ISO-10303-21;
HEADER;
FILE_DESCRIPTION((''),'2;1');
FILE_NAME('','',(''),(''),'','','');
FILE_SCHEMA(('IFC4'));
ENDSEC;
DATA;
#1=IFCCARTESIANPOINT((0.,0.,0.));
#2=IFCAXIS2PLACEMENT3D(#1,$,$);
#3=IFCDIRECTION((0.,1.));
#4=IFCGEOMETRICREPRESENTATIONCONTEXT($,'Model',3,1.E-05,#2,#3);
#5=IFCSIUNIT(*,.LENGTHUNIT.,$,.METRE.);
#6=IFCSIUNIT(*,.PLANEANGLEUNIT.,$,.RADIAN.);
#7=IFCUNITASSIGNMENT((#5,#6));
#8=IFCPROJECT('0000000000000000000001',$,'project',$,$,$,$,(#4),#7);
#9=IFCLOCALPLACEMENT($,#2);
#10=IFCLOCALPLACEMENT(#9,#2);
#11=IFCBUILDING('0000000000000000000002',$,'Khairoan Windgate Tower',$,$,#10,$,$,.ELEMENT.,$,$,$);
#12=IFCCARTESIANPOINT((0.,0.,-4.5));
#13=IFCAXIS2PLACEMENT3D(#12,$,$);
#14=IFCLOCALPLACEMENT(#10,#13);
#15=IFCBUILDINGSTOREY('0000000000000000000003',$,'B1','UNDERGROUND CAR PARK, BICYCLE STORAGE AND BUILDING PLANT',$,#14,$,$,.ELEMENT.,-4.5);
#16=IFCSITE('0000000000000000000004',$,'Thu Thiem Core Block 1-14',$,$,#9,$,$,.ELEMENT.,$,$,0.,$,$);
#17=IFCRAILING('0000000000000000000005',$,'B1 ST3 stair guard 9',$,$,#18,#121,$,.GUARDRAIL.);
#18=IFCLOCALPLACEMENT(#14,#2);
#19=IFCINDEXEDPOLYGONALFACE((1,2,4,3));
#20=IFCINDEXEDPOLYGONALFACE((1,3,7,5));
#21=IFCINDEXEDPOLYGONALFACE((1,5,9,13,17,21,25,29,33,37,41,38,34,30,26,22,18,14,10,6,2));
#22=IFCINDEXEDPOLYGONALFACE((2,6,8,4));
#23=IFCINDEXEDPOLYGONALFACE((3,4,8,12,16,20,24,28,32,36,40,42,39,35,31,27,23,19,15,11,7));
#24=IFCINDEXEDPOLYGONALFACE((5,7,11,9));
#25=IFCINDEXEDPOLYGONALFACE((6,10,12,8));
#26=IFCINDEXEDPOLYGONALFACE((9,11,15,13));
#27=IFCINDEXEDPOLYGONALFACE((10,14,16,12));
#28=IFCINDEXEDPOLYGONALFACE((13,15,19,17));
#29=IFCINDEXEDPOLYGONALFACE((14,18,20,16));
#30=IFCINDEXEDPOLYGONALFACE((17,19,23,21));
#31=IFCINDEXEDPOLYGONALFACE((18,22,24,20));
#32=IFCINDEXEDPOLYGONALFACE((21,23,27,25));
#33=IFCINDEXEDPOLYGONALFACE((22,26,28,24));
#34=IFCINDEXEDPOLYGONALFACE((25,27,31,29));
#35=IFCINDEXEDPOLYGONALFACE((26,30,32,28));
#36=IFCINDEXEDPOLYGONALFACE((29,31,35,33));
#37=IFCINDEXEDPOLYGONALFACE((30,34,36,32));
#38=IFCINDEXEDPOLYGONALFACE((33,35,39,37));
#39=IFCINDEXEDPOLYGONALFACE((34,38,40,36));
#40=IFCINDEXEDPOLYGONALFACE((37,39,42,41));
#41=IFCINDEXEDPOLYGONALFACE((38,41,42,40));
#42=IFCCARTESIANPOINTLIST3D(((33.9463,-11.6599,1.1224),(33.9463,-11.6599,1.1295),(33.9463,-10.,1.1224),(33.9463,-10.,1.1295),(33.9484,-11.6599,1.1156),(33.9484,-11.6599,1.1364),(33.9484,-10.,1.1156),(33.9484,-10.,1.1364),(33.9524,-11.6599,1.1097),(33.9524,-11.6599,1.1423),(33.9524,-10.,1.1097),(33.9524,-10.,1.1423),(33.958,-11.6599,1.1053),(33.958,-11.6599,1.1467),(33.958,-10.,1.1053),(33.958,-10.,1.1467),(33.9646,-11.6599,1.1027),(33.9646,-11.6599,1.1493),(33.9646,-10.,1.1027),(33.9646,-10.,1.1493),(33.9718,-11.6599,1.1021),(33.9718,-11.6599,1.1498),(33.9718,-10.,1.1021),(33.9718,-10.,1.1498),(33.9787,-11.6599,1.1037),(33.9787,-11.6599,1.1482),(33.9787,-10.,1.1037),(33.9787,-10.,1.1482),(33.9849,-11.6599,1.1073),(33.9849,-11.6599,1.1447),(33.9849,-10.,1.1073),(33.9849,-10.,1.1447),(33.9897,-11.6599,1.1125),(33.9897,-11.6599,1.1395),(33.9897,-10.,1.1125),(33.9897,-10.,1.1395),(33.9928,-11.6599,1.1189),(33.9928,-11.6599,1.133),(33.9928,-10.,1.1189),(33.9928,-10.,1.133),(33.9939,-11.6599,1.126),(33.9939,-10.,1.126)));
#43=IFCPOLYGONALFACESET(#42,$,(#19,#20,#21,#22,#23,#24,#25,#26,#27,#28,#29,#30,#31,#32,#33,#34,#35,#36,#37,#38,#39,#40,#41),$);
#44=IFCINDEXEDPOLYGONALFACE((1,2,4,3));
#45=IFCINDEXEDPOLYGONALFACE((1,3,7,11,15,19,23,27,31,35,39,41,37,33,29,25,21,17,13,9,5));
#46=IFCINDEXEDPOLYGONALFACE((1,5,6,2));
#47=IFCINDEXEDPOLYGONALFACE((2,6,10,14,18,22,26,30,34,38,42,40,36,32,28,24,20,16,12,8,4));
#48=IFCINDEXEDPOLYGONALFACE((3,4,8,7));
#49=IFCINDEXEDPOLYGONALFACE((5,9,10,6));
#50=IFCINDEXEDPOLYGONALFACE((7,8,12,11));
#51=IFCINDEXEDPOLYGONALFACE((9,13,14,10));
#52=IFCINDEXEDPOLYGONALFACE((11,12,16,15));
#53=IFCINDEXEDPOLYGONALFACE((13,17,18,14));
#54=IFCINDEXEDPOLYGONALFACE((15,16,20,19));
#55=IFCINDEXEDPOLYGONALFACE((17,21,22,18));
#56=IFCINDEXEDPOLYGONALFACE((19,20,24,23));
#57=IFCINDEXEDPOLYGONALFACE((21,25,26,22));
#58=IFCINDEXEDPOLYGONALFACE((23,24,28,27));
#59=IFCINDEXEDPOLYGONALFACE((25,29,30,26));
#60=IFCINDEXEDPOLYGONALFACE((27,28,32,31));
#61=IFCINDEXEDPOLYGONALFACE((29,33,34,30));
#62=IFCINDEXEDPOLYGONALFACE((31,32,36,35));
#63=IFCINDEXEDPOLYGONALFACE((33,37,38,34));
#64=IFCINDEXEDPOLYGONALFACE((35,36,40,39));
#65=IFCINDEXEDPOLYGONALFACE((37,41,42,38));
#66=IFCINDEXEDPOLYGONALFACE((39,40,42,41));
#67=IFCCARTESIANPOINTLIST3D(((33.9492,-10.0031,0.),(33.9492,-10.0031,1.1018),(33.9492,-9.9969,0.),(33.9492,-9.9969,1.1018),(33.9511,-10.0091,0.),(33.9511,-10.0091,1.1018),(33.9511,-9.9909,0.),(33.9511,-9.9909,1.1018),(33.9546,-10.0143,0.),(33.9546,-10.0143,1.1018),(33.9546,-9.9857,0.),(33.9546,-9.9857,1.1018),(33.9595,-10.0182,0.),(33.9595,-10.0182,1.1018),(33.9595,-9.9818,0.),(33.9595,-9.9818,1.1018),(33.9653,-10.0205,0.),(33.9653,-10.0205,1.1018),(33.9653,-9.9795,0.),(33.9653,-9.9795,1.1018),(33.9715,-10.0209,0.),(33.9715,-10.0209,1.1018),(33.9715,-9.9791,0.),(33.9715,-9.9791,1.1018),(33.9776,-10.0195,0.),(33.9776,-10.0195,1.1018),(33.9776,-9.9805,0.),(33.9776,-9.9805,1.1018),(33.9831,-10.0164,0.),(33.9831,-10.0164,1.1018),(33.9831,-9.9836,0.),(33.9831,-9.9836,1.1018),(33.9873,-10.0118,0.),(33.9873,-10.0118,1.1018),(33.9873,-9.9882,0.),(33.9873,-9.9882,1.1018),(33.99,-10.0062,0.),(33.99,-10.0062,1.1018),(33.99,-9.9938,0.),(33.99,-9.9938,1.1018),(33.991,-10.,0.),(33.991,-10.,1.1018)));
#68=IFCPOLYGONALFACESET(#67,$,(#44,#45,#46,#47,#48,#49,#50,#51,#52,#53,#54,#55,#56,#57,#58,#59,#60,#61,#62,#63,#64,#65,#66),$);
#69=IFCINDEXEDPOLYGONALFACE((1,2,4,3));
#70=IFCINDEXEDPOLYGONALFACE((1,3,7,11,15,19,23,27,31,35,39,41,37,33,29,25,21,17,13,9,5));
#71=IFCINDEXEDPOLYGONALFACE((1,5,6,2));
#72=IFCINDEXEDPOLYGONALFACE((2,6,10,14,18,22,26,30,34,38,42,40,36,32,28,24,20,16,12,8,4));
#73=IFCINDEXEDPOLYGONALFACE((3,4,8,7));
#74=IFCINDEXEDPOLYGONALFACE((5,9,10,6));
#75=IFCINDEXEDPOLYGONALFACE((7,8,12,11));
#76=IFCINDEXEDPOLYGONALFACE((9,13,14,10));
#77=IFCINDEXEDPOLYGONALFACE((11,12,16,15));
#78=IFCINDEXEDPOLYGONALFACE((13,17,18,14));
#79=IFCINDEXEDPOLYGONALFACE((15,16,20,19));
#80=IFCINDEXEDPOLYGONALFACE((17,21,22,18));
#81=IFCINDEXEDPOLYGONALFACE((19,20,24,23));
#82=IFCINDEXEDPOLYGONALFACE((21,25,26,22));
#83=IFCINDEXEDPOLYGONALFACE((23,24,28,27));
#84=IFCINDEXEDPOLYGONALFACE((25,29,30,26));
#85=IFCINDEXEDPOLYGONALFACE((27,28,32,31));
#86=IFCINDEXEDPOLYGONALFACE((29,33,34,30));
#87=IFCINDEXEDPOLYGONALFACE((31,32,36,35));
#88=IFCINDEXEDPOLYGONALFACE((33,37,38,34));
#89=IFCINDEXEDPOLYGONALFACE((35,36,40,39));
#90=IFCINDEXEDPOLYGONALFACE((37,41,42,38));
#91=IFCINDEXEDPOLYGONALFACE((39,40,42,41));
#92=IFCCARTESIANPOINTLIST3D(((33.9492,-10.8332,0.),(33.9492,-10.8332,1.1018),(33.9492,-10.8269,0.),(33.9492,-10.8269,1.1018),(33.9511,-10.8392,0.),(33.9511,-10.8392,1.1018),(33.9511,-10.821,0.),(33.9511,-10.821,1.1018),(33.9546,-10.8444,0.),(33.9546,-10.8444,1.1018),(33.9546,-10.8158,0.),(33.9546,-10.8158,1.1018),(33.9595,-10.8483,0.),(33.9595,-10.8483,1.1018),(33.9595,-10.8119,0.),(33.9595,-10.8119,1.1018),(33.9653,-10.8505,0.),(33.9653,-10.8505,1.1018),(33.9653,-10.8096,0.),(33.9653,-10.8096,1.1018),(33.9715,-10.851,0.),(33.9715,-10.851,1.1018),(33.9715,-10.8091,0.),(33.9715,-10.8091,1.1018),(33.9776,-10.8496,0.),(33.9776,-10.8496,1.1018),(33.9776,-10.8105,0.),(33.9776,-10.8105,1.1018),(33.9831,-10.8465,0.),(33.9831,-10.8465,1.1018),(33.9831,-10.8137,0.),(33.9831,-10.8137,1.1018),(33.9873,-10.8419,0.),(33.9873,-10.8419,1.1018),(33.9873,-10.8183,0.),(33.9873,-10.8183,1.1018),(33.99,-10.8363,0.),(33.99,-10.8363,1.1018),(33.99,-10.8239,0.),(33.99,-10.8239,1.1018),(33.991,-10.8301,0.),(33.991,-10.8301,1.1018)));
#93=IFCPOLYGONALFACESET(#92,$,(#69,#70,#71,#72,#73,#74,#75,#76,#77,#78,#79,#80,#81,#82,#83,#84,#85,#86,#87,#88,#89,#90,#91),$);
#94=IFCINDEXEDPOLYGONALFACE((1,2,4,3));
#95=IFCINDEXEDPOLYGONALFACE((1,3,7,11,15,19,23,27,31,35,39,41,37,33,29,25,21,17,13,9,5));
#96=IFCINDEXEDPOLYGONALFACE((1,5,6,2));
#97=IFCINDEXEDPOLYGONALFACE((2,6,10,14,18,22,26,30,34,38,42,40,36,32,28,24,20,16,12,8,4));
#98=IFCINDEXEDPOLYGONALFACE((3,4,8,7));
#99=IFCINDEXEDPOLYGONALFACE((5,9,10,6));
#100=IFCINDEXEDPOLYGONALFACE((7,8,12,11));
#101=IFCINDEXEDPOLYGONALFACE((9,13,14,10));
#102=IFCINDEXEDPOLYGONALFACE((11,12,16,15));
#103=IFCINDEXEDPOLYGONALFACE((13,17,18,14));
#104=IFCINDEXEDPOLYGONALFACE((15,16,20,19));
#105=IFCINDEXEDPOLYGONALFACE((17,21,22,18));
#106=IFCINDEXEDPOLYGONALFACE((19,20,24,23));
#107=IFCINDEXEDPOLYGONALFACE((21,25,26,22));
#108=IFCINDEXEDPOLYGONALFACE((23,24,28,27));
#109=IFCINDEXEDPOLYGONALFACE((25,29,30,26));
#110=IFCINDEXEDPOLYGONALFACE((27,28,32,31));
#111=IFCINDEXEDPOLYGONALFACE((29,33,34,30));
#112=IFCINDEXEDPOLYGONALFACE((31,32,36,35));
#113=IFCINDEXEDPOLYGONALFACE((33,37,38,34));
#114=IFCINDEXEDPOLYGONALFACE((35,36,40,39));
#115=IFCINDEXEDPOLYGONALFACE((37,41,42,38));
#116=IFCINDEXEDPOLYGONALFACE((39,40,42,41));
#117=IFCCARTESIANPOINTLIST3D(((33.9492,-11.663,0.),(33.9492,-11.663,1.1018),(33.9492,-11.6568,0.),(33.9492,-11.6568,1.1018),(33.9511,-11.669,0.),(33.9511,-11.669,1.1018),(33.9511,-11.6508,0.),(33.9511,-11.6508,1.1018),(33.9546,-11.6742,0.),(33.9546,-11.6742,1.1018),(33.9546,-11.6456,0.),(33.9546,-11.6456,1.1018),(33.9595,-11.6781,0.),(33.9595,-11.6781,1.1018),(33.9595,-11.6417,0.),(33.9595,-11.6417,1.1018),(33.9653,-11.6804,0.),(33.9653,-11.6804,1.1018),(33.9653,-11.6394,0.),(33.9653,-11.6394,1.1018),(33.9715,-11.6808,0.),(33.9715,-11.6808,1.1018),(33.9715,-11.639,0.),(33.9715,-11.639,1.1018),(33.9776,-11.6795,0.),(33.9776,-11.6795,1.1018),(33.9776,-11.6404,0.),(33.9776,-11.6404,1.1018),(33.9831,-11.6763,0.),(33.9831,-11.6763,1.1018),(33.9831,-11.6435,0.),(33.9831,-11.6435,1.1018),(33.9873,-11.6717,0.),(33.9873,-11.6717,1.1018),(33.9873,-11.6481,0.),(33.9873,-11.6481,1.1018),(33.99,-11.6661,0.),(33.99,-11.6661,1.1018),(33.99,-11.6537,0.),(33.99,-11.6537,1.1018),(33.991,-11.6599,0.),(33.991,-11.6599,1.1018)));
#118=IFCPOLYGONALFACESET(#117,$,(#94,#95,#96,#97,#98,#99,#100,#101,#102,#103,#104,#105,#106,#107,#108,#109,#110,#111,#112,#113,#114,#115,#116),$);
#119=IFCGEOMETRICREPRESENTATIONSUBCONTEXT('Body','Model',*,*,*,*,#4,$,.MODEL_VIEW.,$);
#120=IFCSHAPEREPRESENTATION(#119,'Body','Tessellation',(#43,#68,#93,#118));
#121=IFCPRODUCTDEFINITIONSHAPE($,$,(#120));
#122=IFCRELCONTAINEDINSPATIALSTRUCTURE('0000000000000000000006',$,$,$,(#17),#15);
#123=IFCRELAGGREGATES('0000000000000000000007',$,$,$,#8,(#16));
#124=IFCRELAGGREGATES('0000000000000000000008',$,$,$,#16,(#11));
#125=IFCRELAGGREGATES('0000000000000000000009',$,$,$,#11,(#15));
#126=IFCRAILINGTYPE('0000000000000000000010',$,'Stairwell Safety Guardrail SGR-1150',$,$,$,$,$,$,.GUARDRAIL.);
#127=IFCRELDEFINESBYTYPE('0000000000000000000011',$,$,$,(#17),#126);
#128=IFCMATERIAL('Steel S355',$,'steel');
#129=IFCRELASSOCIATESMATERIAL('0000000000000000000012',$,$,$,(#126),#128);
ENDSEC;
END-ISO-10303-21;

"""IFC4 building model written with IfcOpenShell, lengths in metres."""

from ifc_helpers import new_model, si_unit, direction, frame, origin, origin_2d, place, context, subcontext, project, spatial, circle, extrude, material, type_object, element, save


model = new_model("IFC4")

# Units and contexts
model_context = context("Model", 3, precision=1e-05, world=origin(), true_north=direction((0.0, 1.0)))
body_context = subcontext(model_context, "Body", "Model", "MODEL_VIEW")
ifc_project = project(units=[si_unit("LENGTHUNIT", "METRE"), si_unit("PLANEANGLEUNIT", "RADIAN")], contexts=[model_context])

# Site, building, storey
site_placement = place(None, origin())
site = spatial("IfcSite", under=ifc_project, at=site_placement, Name="Thu Thiem Core Block 1-14", CompositionType="ELEMENT", RefElevation=0.0)
building_placement = place(site_placement, origin())
building = spatial("IfcBuilding", under=site, at=building_placement, Name="Khairoan Windgate Tower", CompositionType="ELEMENT")
storey_placement = place(building_placement, frame((0.0, 0.0, -4.5)))
storey = spatial("IfcBuildingStorey", under=building, at=storey_placement, Name="B1", Description="UNDERGROUND CAR PARK, BICYCLE STORAGE AND BUILDING PLANT", CompositionType="ELEMENT", Elevation=-4.5)

# Railing
ifc_material_1 = material(Name="Steel S355", Category="steel")
railing_type_1 = type_object("IfcRailingType", Name="Stairwell Safety Guardrail SGR-1150", PredefinedType="GUARDRAIL", material=ifc_material_1)
for number, where, name in (
    (1, (33.97, -10.0, 0.0), "B1 ST3 stair guard 9"),
):
    element("IfcRailing", number, at=place(storey_placement, frame(where)), inside=storey, type_object=railing_type_1, Name=name, PredefinedType="GUARDRAIL", context=body_context, shape_type="SweptSolid", body=[
        extrude(circle(Radius=0.0239, at=origin_2d()), frame((0.0, 0.0, 1.126), z_axis=(0.0, -1.0, 0.0), x_axis=(1.0, 0.0, 0.0)), (0.0, 0.0, 1.0), 1.6599),
        extrude(circle(Radius=0.021, at=origin_2d()), origin(), (0.0, 0.0, 1.0), 1.1018),
        extrude(circle(Radius=0.021, at=origin_2d()), frame((0.0, -0.8301, 0.0)), (0.0, 0.0, 1.0), 1.1018),
        extrude(circle(Radius=0.021, at=origin_2d()), frame((0.0, -1.6599, 0.0)), (0.0, 0.0, 1.0), 1.1018),
    ])

save(model, "model.ifc")
